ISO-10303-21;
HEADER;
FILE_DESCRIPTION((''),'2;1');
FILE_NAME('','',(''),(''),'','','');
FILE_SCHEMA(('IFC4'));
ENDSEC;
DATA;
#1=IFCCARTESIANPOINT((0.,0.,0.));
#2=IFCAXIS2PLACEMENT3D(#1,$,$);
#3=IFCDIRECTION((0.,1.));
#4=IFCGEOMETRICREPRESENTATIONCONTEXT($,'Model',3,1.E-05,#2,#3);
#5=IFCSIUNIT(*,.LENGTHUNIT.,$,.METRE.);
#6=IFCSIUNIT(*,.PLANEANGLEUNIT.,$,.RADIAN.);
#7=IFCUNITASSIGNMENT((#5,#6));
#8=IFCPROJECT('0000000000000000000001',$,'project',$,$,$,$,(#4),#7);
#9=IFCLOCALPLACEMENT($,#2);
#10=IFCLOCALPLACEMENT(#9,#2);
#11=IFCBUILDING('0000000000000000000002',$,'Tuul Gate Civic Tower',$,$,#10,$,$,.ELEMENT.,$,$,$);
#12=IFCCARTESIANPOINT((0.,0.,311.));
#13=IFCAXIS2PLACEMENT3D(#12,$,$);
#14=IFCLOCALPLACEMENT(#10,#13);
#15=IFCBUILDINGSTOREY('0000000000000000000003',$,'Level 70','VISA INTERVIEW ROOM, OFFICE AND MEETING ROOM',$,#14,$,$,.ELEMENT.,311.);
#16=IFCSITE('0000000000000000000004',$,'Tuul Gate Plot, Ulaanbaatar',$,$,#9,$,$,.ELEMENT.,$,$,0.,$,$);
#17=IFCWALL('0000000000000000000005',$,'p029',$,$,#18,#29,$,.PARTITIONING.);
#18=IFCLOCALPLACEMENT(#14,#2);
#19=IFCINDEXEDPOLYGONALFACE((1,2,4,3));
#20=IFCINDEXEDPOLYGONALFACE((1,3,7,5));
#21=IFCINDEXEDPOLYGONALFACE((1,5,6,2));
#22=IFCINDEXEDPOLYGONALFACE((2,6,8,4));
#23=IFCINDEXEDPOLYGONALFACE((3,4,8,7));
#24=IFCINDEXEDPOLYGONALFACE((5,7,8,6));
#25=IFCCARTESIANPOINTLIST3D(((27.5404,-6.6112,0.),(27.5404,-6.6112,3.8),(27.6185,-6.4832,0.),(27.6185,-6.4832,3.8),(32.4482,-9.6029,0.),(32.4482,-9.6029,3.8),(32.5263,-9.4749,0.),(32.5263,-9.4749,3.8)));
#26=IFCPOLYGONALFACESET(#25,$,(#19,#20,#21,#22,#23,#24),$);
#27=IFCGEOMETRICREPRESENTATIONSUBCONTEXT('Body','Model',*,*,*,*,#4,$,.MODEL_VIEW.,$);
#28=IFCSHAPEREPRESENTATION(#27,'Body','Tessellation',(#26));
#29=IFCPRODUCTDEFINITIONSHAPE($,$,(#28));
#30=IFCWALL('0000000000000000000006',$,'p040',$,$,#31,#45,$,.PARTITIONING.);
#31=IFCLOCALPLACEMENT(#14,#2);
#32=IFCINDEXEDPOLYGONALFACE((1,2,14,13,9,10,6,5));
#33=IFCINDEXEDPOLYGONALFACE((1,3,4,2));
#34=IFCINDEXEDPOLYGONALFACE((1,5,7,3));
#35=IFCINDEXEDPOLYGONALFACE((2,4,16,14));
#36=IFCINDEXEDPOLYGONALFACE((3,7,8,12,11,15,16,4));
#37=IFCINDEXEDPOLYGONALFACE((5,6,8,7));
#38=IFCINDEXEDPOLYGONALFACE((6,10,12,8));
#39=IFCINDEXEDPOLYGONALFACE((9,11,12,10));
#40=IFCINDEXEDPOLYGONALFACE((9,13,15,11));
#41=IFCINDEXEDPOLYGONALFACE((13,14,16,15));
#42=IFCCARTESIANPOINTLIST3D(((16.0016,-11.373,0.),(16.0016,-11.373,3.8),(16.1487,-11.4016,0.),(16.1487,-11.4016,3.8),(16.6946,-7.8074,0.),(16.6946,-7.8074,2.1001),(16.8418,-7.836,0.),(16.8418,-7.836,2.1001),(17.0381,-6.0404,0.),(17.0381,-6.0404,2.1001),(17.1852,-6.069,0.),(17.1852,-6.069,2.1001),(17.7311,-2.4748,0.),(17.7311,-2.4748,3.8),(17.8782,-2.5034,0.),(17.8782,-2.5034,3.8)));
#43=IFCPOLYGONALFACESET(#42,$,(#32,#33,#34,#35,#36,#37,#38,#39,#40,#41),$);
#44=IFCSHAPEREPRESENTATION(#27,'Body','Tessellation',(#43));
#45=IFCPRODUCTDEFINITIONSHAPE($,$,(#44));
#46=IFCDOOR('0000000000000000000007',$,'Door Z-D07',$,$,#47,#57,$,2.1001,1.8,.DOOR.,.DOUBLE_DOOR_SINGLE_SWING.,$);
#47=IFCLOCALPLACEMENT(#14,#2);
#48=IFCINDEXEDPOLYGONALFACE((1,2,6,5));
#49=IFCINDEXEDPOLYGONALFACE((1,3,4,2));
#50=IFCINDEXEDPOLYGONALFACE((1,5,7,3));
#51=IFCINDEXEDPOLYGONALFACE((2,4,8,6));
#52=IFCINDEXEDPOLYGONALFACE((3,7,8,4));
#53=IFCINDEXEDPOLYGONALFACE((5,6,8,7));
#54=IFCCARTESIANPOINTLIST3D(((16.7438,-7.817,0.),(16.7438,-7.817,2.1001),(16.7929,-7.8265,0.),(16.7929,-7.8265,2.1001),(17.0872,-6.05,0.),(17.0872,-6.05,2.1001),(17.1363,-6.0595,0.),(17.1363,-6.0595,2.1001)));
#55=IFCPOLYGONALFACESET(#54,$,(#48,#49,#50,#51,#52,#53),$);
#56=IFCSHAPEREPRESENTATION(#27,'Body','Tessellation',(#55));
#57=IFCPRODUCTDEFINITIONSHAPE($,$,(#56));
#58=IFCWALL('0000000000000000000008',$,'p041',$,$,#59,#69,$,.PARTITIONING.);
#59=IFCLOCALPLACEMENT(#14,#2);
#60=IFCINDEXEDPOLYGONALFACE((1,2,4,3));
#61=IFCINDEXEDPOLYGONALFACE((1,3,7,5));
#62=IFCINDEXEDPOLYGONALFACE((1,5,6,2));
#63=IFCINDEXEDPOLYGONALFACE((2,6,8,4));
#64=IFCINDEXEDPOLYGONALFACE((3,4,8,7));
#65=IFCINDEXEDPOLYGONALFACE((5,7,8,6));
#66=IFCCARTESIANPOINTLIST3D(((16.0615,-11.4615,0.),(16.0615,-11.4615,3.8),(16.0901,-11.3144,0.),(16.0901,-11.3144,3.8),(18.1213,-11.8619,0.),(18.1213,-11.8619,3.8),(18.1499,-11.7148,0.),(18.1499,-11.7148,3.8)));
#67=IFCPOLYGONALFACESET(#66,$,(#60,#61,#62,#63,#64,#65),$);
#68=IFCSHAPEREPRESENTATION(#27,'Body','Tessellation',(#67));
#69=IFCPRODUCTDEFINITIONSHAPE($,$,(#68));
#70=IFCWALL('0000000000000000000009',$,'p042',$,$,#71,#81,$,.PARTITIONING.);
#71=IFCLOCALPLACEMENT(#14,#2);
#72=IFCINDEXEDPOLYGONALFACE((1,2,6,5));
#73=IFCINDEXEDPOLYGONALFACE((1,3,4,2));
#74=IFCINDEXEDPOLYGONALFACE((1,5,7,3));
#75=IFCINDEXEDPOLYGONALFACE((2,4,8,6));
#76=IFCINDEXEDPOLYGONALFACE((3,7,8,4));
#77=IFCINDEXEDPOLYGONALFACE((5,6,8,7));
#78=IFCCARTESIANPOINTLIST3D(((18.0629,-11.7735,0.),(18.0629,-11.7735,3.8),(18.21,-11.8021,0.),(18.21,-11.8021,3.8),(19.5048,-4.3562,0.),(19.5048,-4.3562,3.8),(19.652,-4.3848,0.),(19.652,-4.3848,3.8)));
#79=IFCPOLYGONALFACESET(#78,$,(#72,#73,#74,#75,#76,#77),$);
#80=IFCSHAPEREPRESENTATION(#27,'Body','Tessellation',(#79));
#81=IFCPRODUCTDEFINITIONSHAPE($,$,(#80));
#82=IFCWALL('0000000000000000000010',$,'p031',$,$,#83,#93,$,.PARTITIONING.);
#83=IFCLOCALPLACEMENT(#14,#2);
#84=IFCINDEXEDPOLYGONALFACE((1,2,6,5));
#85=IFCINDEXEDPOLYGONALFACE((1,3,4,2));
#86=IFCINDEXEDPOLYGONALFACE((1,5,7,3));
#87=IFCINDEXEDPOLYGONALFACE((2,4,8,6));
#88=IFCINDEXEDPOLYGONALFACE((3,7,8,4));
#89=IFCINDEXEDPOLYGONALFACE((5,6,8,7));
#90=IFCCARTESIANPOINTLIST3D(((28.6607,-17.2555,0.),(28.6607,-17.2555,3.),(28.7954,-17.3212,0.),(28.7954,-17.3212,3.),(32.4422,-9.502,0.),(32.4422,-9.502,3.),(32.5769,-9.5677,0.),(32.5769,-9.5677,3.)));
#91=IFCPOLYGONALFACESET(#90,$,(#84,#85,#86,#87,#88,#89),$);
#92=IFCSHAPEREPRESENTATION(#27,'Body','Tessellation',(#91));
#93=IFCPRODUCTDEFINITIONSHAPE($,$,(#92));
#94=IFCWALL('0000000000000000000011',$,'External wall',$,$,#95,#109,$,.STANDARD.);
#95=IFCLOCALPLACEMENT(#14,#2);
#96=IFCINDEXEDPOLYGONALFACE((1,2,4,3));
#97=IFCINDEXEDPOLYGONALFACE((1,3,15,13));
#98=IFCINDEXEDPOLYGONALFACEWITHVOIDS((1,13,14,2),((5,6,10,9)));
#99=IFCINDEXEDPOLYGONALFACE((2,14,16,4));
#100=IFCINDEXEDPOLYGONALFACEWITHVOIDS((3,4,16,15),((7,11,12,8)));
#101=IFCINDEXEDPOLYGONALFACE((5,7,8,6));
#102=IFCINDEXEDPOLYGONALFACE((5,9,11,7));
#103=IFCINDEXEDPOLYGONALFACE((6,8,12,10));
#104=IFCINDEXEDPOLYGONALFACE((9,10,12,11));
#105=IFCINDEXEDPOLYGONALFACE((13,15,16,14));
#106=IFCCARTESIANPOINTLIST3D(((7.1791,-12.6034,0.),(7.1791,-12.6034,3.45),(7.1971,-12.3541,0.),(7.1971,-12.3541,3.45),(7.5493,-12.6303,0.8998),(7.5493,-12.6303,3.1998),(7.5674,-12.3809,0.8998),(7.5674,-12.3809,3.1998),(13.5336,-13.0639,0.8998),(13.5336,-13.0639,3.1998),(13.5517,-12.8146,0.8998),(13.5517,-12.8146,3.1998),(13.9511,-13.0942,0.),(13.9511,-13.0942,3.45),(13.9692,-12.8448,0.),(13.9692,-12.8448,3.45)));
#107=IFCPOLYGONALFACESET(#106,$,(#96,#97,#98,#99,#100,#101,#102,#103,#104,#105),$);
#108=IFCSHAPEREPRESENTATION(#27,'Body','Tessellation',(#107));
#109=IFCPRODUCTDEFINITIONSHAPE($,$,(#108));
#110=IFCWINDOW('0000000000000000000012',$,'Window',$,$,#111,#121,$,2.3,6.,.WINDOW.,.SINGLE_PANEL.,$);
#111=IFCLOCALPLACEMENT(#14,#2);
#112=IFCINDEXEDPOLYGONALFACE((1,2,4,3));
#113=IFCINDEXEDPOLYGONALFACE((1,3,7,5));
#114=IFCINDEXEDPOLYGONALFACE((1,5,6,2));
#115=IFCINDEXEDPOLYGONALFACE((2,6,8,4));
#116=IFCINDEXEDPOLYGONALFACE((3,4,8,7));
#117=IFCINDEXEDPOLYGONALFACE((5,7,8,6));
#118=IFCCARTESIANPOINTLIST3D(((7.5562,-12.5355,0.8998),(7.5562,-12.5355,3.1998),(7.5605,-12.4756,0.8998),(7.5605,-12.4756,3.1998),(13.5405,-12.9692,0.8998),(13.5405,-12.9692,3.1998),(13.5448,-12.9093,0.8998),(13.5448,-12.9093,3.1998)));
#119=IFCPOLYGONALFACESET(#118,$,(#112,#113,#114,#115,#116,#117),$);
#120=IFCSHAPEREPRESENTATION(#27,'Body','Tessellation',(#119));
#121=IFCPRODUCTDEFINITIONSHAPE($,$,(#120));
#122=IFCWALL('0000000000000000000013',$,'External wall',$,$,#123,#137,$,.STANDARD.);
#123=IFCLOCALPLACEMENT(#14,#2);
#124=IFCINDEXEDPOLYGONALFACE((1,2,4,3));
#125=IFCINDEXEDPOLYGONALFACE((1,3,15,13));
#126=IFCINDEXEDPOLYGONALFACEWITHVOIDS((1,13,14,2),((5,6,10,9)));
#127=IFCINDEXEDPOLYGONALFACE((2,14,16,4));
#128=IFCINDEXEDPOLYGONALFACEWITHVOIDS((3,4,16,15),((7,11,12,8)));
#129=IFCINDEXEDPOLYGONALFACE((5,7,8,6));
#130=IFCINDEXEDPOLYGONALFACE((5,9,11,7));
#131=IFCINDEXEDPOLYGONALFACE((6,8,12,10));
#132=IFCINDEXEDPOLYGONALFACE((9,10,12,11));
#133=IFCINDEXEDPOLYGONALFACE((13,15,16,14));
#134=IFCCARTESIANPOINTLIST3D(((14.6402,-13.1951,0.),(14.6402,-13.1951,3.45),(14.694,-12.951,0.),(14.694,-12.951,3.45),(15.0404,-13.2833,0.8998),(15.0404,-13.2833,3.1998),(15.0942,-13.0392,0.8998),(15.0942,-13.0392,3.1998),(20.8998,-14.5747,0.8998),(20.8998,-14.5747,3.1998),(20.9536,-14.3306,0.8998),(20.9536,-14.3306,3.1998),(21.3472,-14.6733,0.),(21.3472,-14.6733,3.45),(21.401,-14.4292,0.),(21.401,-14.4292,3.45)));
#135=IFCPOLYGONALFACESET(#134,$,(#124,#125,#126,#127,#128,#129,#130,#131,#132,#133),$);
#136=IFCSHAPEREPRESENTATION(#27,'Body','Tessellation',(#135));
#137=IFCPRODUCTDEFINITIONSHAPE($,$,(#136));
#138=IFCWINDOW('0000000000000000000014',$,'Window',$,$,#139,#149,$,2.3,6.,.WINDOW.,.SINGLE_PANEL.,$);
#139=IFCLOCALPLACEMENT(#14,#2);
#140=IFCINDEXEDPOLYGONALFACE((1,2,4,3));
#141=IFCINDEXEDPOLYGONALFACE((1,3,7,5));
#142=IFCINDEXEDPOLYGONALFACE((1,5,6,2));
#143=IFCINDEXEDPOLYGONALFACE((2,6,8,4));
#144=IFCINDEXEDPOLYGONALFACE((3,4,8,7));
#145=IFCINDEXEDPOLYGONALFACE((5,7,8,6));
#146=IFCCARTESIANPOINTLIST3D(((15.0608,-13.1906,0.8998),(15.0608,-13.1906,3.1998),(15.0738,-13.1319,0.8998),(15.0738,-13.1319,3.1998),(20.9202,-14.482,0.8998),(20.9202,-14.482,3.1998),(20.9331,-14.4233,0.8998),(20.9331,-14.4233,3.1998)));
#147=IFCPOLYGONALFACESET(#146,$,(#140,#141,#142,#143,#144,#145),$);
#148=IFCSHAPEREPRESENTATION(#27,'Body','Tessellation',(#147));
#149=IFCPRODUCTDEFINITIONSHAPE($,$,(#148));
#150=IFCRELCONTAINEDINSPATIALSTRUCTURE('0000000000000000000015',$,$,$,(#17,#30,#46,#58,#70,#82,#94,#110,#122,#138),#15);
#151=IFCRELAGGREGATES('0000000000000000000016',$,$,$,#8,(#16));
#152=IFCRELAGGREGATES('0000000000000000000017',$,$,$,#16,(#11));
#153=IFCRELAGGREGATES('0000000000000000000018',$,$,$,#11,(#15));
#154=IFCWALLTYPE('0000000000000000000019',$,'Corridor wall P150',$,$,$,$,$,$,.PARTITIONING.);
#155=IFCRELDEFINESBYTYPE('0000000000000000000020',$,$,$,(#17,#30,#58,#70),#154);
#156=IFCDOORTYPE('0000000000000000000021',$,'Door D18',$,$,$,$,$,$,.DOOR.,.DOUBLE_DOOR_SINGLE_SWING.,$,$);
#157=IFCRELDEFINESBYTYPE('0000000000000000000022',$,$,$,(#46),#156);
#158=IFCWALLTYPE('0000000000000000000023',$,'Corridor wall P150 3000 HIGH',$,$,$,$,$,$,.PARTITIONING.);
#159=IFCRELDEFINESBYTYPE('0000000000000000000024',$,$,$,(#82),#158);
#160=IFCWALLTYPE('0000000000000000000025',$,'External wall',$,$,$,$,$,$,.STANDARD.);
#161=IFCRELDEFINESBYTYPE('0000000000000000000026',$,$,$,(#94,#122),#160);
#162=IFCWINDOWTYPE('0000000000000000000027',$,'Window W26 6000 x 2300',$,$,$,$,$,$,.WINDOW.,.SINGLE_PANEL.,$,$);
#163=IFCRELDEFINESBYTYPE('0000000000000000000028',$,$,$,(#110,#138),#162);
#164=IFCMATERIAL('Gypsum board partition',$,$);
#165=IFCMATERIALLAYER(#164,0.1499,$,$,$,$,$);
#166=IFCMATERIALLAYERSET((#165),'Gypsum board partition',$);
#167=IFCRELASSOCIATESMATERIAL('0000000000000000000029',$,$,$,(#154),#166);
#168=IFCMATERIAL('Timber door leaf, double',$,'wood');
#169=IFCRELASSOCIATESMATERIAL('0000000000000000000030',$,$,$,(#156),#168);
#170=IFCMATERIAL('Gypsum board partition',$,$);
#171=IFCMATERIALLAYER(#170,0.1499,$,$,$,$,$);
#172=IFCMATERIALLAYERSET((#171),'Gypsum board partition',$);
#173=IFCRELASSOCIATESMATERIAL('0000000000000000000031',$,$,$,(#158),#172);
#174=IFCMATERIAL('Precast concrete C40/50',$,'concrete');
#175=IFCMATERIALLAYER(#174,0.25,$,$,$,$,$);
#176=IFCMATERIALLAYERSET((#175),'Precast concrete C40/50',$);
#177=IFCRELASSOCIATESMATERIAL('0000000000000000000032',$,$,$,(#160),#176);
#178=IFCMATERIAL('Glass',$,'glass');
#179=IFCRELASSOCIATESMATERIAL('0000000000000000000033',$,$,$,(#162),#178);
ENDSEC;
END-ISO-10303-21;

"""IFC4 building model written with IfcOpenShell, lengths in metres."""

from ifc_helpers import new_model, si_unit, direction, frame, frame_2d, origin, place, context, subcontext, project, spatial, rectangle, extrude, material, layer, layer_set, type_object, element, fill, save


model = new_model("IFC4")

# Units and contexts
model_context = context("Model", 3, precision=1e-05, world=origin(), true_north=direction((0.0, 1.0)))
body_context = subcontext(model_context, "Body", "Model", "MODEL_VIEW")
ifc_project = project(units=[si_unit("LENGTHUNIT", "METRE"), si_unit("PLANEANGLEUNIT", "RADIAN")], contexts=[model_context])

# Site, building, storey
site_placement = place(None, origin())
site = spatial("IfcSite", under=ifc_project, at=site_placement, Name="Tuul Gate Plot, Ulaanbaatar", CompositionType="ELEMENT", RefElevation=0.0)
building_placement = place(site_placement, origin())
building = spatial("IfcBuilding", under=site, at=building_placement, Name="Tuul Gate Civic Tower", CompositionType="ELEMENT")
storey_placement = place(building_placement, frame((0.0, 0.0, 311.0)))
storey = spatial("IfcBuildingStorey", under=building, at=storey_placement, Name="Level 70", Description="VISA INTERVIEW ROOM, OFFICE AND MEETING ROOM", CompositionType="ELEMENT", Elevation=311.0)

# Wall
ifc_material_1 = material(Name="Gypsum board partition")
ifc_layer_1 = layer(ifc_material_1, 0.1499)
ifc_layer_set_1 = layer_set([ifc_layer_1], Name="Gypsum board partition")
wall_type_1 = type_object("IfcWallType", Name="Corridor wall P150", PredefinedType="PARTITIONING", material=ifc_layer_set_1)
wall_1_placement = place(storey_placement, frame((27.5793, -6.5471, 0.0), z_axis=(0.0, 0.0, 1.0), x_axis=(0.853859, -0.520505, 0.0)))
element("IfcWall", 1, at=wall_1_placement, inside=storey, type_object=wall_type_1, Name="p029", PredefinedType="PARTITIONING", context=body_context, shape_type="SweptSolid", body=[
    extrude(rectangle(XDim=5.7478, YDim=0.1499, at=frame_2d((2.874, 0.0))), origin(), (0.0, 0.0, 1.0), 3.8),
])

# Wall, opening, door
wall_2_placement = place(storey_placement, frame((16.0752, -11.3872, 0.0), z_axis=(0.0, 0.0, 1.0), x_axis=(0.190794, 0.98163, 0.0)))
wall_2 = element("IfcWall", 2, at=wall_2_placement, inside=storey, type_object=wall_type_1, Name="p040", PredefinedType="PARTITIONING", context=body_context, shape_type="SweptSolid", body=[
    extrude(rectangle(XDim=9.0647, YDim=0.1499, at=frame_2d((4.5322, 0.0))), origin(), (0.0, 0.0, 1.0), 3.8),
])
opening_1_placement = place(wall_2_placement, frame((3.6323, 0.0, 0.0)))
opening_1 = element("IfcOpeningElement", 3, at=opening_1_placement, cuts=wall_2, PredefinedType="OPENING", context=body_context, shape_type="SweptSolid", body=[
    extrude(rectangle(XDim=1.8, YDim=2.1001, at=frame_2d((0.8999, 1.05))), frame((0.0, 0.085, 0.0), z_axis=(0.0, -1.0, 0.0), x_axis=(1.0, 0.0, 0.0)), (0.0, 0.0, 1.0), 0.1699),
])
ifc_material_2 = material(Name="Timber door leaf, double", Category="wood")
door_type = type_object("IfcDoorType", Name="Door D18", OperationType="DOUBLE_DOOR_SINGLE_SWING", PredefinedType="DOOR", material=ifc_material_2)
door_placement = place(opening_1_placement, origin())
door = element("IfcDoor", 4, at=door_placement, inside=storey, type_object=door_type, Name="Door Z-D07", OperationType="DOUBLE_DOOR_SINGLE_SWING", OverallHeight=2.1001, OverallWidth=1.8, PredefinedType="DOOR", context=body_context, shape_type="SweptSolid", body=[
    extrude(rectangle(XDim=1.8, YDim=2.1001, at=frame_2d((0.8999, 1.05))), frame((0.0, 0.0249, 0.0), z_axis=(0.0, -1.0, 0.0), x_axis=(1.0, 0.0, 0.0)), (0.0, 0.0, 1.0), 0.05),
])
fill(opening_1, door)

# Walls
wall_3_placement = place(storey_placement, frame((16.0757, -11.3879, 0.0), z_axis=(0.0, 0.0, 1.0), x_axis=(0.981627, -0.19081, 0.0)))
element("IfcWall", 5, at=wall_3_placement, inside=storey, type_object=wall_type_1, Name="p041", PredefinedType="PARTITIONING", context=body_context, shape_type="SweptSolid", body=[
    extrude(rectangle(XDim=2.0984, YDim=0.1499, at=frame_2d((1.0493, 0.0))), origin(), (0.0, 0.0, 1.0), 3.8),
])
wall_4_placement = place(storey_placement, frame((18.1365, -11.7878, 0.0), z_axis=(0.0, 0.0, 1.0), x_axis=(0.190826, 0.981624, 0.0)))
element("IfcWall", 6, at=wall_4_placement, inside=storey, type_object=wall_type_1, Name="p042", PredefinedType="PARTITIONING", context=body_context, shape_type="SweptSolid", body=[
    extrude(rectangle(XDim=7.5562, YDim=0.1499, at=frame_2d((3.7781, 0.0))), origin(), (0.0, 0.0, 1.0), 3.8),
])
ifc_material_3 = material(Name="Gypsum board partition")
ifc_layer_2 = layer(ifc_material_3, 0.1499)
ifc_layer_set_2 = layer_set([ifc_layer_2], Name="Gypsum board partition")
wall_type_2 = type_object("IfcWallType", Name="Corridor wall P150 3000 HIGH", PredefinedType="PARTITIONING", material=ifc_layer_set_2)
wall_5_placement = place(storey_placement, frame((28.728, -17.2883, 0.0), z_axis=(0.0, 0.0, 1.0), x_axis=(0.438362, 0.898799, 0.0)))
element("IfcWall", 7, at=wall_5_placement, inside=storey, type_object=wall_type_2, Name="p031", PredefinedType="PARTITIONING", context=body_context, shape_type="SweptSolid", body=[
    extrude(rectangle(XDim=8.6265, YDim=0.1499, at=frame_2d((4.3132, 0.0))), origin(), (0.0, 0.0, 1.0), 3.0),
])

# Walls, openings, windows
ifc_material_4 = material(Name="Precast concrete C40/50", Category="concrete")
ifc_layer_3 = layer(ifc_material_4, 0.25)
ifc_layer_set_3 = layer_set([ifc_layer_3], Name="Precast concrete C40/50")
wall_type_3 = type_object("IfcWallType", Name="External wall", PredefinedType="STANDARD", material=ifc_layer_set_3)
wall_6_placement = place(storey_placement, frame((7.188, -12.4788, 0.0), z_axis=(0.0, 0.0, 1.0), x_axis=(0.997385, -0.072274, 0.0)))
wall_6 = element("IfcWall", 8, at=wall_6_placement, inside=storey, type_object=wall_type_3, Name="External wall", PredefinedType="STANDARD", context=body_context, shape_type="SweptSolid", body=[
    extrude(rectangle(XDim=6.7898, YDim=0.25, at=frame_2d((3.395, 0.0))), origin(), (0.0, 0.0, 1.0), 3.45),
])
opening_2_placement = place(wall_6_placement, frame((0.3713, 0.0, 0.8999)))
opening_2 = element("IfcOpeningElement", 9, at=opening_2_placement, cuts=wall_6, PredefinedType="OPENING", context=body_context, shape_type="SweptSolid", body=[
    extrude(rectangle(XDim=6.0, YDim=2.3, at=frame_2d((3.0, 1.1499))), frame((0.0, 0.135, 0.0), z_axis=(0.0, -1.0, 0.0), x_axis=(1.0, 0.0, 0.0)), (0.0, 0.0, 1.0), 0.27),
])
ifc_material_5 = material(Name="Glass", Category="glass")
window_type = type_object("IfcWindowType", Name="Window W26 6000 x 2300", PartitioningType="SINGLE_PANEL", PredefinedType="WINDOW", material=ifc_material_5)
window_1_placement = place(opening_2_placement, origin())
window_1 = element("IfcWindow", 10, at=window_1_placement, inside=storey, type_object=window_type, Name="Window", OverallHeight=2.3, OverallWidth=6.0, PartitioningType="SINGLE_PANEL", PredefinedType="WINDOW", context=body_context, shape_type="SweptSolid", body=[
    extrude(rectangle(XDim=6.0, YDim=2.3, at=frame_2d((3.0, 1.1499))), frame((0.0, 0.03, 0.0), z_axis=(0.0, -1.0, 0.0), x_axis=(1.0, 0.0, 0.0)), (0.0, 0.0, 1.0), 0.0601),
])
fill(opening_2, window_1)
wall_7_placement = place(storey_placement, frame((14.667, -13.073, 0.0), z_axis=(0.0, 0.0, 1.0), x_axis=(0.976561, -0.21524, 0.0)))
wall_7 = element("IfcWall", 11, at=wall_7_placement, inside=storey, type_object=wall_type_3, Name="External wall", PredefinedType="STANDARD", context=body_context, shape_type="SweptSolid", body=[
    extrude(rectangle(XDim=6.8679, YDim=0.25, at=frame_2d((3.4341, 0.0))), origin(), (0.0, 0.0, 1.0), 3.45),
])
opening_3_placement = place(wall_7_placement, frame((0.4099, 0.0, 0.8999)))
opening_3 = element("IfcOpeningElement", 12, at=opening_3_placement, cuts=wall_7, PredefinedType="OPENING", context=body_context, shape_type="SweptSolid", body=[
    extrude(rectangle(XDim=6.0, YDim=2.3, at=frame_2d((3.0, 1.1499))), frame((0.0, 0.135, 0.0), z_axis=(0.0, -1.0, 0.0), x_axis=(1.0, 0.0, 0.0)), (0.0, 0.0, 1.0), 0.27),
])
window_2_placement = place(opening_3_placement, origin())
window_2 = element("IfcWindow", 13, at=window_2_placement, inside=storey, type_object=window_type, Name="Window", OverallHeight=2.3, OverallWidth=6.0, PartitioningType="SINGLE_PANEL", PredefinedType="WINDOW", context=body_context, shape_type="SweptSolid", body=[
    extrude(rectangle(XDim=6.0, YDim=2.3, at=frame_2d((3.0, 1.1499))), frame((0.0, 0.03, 0.0), z_axis=(0.0, -1.0, 0.0), x_axis=(1.0, 0.0, 0.0)), (0.0, 0.0, 1.0), 0.0601),
])
fill(opening_3, window_2)

save(model, "model.ifc")
